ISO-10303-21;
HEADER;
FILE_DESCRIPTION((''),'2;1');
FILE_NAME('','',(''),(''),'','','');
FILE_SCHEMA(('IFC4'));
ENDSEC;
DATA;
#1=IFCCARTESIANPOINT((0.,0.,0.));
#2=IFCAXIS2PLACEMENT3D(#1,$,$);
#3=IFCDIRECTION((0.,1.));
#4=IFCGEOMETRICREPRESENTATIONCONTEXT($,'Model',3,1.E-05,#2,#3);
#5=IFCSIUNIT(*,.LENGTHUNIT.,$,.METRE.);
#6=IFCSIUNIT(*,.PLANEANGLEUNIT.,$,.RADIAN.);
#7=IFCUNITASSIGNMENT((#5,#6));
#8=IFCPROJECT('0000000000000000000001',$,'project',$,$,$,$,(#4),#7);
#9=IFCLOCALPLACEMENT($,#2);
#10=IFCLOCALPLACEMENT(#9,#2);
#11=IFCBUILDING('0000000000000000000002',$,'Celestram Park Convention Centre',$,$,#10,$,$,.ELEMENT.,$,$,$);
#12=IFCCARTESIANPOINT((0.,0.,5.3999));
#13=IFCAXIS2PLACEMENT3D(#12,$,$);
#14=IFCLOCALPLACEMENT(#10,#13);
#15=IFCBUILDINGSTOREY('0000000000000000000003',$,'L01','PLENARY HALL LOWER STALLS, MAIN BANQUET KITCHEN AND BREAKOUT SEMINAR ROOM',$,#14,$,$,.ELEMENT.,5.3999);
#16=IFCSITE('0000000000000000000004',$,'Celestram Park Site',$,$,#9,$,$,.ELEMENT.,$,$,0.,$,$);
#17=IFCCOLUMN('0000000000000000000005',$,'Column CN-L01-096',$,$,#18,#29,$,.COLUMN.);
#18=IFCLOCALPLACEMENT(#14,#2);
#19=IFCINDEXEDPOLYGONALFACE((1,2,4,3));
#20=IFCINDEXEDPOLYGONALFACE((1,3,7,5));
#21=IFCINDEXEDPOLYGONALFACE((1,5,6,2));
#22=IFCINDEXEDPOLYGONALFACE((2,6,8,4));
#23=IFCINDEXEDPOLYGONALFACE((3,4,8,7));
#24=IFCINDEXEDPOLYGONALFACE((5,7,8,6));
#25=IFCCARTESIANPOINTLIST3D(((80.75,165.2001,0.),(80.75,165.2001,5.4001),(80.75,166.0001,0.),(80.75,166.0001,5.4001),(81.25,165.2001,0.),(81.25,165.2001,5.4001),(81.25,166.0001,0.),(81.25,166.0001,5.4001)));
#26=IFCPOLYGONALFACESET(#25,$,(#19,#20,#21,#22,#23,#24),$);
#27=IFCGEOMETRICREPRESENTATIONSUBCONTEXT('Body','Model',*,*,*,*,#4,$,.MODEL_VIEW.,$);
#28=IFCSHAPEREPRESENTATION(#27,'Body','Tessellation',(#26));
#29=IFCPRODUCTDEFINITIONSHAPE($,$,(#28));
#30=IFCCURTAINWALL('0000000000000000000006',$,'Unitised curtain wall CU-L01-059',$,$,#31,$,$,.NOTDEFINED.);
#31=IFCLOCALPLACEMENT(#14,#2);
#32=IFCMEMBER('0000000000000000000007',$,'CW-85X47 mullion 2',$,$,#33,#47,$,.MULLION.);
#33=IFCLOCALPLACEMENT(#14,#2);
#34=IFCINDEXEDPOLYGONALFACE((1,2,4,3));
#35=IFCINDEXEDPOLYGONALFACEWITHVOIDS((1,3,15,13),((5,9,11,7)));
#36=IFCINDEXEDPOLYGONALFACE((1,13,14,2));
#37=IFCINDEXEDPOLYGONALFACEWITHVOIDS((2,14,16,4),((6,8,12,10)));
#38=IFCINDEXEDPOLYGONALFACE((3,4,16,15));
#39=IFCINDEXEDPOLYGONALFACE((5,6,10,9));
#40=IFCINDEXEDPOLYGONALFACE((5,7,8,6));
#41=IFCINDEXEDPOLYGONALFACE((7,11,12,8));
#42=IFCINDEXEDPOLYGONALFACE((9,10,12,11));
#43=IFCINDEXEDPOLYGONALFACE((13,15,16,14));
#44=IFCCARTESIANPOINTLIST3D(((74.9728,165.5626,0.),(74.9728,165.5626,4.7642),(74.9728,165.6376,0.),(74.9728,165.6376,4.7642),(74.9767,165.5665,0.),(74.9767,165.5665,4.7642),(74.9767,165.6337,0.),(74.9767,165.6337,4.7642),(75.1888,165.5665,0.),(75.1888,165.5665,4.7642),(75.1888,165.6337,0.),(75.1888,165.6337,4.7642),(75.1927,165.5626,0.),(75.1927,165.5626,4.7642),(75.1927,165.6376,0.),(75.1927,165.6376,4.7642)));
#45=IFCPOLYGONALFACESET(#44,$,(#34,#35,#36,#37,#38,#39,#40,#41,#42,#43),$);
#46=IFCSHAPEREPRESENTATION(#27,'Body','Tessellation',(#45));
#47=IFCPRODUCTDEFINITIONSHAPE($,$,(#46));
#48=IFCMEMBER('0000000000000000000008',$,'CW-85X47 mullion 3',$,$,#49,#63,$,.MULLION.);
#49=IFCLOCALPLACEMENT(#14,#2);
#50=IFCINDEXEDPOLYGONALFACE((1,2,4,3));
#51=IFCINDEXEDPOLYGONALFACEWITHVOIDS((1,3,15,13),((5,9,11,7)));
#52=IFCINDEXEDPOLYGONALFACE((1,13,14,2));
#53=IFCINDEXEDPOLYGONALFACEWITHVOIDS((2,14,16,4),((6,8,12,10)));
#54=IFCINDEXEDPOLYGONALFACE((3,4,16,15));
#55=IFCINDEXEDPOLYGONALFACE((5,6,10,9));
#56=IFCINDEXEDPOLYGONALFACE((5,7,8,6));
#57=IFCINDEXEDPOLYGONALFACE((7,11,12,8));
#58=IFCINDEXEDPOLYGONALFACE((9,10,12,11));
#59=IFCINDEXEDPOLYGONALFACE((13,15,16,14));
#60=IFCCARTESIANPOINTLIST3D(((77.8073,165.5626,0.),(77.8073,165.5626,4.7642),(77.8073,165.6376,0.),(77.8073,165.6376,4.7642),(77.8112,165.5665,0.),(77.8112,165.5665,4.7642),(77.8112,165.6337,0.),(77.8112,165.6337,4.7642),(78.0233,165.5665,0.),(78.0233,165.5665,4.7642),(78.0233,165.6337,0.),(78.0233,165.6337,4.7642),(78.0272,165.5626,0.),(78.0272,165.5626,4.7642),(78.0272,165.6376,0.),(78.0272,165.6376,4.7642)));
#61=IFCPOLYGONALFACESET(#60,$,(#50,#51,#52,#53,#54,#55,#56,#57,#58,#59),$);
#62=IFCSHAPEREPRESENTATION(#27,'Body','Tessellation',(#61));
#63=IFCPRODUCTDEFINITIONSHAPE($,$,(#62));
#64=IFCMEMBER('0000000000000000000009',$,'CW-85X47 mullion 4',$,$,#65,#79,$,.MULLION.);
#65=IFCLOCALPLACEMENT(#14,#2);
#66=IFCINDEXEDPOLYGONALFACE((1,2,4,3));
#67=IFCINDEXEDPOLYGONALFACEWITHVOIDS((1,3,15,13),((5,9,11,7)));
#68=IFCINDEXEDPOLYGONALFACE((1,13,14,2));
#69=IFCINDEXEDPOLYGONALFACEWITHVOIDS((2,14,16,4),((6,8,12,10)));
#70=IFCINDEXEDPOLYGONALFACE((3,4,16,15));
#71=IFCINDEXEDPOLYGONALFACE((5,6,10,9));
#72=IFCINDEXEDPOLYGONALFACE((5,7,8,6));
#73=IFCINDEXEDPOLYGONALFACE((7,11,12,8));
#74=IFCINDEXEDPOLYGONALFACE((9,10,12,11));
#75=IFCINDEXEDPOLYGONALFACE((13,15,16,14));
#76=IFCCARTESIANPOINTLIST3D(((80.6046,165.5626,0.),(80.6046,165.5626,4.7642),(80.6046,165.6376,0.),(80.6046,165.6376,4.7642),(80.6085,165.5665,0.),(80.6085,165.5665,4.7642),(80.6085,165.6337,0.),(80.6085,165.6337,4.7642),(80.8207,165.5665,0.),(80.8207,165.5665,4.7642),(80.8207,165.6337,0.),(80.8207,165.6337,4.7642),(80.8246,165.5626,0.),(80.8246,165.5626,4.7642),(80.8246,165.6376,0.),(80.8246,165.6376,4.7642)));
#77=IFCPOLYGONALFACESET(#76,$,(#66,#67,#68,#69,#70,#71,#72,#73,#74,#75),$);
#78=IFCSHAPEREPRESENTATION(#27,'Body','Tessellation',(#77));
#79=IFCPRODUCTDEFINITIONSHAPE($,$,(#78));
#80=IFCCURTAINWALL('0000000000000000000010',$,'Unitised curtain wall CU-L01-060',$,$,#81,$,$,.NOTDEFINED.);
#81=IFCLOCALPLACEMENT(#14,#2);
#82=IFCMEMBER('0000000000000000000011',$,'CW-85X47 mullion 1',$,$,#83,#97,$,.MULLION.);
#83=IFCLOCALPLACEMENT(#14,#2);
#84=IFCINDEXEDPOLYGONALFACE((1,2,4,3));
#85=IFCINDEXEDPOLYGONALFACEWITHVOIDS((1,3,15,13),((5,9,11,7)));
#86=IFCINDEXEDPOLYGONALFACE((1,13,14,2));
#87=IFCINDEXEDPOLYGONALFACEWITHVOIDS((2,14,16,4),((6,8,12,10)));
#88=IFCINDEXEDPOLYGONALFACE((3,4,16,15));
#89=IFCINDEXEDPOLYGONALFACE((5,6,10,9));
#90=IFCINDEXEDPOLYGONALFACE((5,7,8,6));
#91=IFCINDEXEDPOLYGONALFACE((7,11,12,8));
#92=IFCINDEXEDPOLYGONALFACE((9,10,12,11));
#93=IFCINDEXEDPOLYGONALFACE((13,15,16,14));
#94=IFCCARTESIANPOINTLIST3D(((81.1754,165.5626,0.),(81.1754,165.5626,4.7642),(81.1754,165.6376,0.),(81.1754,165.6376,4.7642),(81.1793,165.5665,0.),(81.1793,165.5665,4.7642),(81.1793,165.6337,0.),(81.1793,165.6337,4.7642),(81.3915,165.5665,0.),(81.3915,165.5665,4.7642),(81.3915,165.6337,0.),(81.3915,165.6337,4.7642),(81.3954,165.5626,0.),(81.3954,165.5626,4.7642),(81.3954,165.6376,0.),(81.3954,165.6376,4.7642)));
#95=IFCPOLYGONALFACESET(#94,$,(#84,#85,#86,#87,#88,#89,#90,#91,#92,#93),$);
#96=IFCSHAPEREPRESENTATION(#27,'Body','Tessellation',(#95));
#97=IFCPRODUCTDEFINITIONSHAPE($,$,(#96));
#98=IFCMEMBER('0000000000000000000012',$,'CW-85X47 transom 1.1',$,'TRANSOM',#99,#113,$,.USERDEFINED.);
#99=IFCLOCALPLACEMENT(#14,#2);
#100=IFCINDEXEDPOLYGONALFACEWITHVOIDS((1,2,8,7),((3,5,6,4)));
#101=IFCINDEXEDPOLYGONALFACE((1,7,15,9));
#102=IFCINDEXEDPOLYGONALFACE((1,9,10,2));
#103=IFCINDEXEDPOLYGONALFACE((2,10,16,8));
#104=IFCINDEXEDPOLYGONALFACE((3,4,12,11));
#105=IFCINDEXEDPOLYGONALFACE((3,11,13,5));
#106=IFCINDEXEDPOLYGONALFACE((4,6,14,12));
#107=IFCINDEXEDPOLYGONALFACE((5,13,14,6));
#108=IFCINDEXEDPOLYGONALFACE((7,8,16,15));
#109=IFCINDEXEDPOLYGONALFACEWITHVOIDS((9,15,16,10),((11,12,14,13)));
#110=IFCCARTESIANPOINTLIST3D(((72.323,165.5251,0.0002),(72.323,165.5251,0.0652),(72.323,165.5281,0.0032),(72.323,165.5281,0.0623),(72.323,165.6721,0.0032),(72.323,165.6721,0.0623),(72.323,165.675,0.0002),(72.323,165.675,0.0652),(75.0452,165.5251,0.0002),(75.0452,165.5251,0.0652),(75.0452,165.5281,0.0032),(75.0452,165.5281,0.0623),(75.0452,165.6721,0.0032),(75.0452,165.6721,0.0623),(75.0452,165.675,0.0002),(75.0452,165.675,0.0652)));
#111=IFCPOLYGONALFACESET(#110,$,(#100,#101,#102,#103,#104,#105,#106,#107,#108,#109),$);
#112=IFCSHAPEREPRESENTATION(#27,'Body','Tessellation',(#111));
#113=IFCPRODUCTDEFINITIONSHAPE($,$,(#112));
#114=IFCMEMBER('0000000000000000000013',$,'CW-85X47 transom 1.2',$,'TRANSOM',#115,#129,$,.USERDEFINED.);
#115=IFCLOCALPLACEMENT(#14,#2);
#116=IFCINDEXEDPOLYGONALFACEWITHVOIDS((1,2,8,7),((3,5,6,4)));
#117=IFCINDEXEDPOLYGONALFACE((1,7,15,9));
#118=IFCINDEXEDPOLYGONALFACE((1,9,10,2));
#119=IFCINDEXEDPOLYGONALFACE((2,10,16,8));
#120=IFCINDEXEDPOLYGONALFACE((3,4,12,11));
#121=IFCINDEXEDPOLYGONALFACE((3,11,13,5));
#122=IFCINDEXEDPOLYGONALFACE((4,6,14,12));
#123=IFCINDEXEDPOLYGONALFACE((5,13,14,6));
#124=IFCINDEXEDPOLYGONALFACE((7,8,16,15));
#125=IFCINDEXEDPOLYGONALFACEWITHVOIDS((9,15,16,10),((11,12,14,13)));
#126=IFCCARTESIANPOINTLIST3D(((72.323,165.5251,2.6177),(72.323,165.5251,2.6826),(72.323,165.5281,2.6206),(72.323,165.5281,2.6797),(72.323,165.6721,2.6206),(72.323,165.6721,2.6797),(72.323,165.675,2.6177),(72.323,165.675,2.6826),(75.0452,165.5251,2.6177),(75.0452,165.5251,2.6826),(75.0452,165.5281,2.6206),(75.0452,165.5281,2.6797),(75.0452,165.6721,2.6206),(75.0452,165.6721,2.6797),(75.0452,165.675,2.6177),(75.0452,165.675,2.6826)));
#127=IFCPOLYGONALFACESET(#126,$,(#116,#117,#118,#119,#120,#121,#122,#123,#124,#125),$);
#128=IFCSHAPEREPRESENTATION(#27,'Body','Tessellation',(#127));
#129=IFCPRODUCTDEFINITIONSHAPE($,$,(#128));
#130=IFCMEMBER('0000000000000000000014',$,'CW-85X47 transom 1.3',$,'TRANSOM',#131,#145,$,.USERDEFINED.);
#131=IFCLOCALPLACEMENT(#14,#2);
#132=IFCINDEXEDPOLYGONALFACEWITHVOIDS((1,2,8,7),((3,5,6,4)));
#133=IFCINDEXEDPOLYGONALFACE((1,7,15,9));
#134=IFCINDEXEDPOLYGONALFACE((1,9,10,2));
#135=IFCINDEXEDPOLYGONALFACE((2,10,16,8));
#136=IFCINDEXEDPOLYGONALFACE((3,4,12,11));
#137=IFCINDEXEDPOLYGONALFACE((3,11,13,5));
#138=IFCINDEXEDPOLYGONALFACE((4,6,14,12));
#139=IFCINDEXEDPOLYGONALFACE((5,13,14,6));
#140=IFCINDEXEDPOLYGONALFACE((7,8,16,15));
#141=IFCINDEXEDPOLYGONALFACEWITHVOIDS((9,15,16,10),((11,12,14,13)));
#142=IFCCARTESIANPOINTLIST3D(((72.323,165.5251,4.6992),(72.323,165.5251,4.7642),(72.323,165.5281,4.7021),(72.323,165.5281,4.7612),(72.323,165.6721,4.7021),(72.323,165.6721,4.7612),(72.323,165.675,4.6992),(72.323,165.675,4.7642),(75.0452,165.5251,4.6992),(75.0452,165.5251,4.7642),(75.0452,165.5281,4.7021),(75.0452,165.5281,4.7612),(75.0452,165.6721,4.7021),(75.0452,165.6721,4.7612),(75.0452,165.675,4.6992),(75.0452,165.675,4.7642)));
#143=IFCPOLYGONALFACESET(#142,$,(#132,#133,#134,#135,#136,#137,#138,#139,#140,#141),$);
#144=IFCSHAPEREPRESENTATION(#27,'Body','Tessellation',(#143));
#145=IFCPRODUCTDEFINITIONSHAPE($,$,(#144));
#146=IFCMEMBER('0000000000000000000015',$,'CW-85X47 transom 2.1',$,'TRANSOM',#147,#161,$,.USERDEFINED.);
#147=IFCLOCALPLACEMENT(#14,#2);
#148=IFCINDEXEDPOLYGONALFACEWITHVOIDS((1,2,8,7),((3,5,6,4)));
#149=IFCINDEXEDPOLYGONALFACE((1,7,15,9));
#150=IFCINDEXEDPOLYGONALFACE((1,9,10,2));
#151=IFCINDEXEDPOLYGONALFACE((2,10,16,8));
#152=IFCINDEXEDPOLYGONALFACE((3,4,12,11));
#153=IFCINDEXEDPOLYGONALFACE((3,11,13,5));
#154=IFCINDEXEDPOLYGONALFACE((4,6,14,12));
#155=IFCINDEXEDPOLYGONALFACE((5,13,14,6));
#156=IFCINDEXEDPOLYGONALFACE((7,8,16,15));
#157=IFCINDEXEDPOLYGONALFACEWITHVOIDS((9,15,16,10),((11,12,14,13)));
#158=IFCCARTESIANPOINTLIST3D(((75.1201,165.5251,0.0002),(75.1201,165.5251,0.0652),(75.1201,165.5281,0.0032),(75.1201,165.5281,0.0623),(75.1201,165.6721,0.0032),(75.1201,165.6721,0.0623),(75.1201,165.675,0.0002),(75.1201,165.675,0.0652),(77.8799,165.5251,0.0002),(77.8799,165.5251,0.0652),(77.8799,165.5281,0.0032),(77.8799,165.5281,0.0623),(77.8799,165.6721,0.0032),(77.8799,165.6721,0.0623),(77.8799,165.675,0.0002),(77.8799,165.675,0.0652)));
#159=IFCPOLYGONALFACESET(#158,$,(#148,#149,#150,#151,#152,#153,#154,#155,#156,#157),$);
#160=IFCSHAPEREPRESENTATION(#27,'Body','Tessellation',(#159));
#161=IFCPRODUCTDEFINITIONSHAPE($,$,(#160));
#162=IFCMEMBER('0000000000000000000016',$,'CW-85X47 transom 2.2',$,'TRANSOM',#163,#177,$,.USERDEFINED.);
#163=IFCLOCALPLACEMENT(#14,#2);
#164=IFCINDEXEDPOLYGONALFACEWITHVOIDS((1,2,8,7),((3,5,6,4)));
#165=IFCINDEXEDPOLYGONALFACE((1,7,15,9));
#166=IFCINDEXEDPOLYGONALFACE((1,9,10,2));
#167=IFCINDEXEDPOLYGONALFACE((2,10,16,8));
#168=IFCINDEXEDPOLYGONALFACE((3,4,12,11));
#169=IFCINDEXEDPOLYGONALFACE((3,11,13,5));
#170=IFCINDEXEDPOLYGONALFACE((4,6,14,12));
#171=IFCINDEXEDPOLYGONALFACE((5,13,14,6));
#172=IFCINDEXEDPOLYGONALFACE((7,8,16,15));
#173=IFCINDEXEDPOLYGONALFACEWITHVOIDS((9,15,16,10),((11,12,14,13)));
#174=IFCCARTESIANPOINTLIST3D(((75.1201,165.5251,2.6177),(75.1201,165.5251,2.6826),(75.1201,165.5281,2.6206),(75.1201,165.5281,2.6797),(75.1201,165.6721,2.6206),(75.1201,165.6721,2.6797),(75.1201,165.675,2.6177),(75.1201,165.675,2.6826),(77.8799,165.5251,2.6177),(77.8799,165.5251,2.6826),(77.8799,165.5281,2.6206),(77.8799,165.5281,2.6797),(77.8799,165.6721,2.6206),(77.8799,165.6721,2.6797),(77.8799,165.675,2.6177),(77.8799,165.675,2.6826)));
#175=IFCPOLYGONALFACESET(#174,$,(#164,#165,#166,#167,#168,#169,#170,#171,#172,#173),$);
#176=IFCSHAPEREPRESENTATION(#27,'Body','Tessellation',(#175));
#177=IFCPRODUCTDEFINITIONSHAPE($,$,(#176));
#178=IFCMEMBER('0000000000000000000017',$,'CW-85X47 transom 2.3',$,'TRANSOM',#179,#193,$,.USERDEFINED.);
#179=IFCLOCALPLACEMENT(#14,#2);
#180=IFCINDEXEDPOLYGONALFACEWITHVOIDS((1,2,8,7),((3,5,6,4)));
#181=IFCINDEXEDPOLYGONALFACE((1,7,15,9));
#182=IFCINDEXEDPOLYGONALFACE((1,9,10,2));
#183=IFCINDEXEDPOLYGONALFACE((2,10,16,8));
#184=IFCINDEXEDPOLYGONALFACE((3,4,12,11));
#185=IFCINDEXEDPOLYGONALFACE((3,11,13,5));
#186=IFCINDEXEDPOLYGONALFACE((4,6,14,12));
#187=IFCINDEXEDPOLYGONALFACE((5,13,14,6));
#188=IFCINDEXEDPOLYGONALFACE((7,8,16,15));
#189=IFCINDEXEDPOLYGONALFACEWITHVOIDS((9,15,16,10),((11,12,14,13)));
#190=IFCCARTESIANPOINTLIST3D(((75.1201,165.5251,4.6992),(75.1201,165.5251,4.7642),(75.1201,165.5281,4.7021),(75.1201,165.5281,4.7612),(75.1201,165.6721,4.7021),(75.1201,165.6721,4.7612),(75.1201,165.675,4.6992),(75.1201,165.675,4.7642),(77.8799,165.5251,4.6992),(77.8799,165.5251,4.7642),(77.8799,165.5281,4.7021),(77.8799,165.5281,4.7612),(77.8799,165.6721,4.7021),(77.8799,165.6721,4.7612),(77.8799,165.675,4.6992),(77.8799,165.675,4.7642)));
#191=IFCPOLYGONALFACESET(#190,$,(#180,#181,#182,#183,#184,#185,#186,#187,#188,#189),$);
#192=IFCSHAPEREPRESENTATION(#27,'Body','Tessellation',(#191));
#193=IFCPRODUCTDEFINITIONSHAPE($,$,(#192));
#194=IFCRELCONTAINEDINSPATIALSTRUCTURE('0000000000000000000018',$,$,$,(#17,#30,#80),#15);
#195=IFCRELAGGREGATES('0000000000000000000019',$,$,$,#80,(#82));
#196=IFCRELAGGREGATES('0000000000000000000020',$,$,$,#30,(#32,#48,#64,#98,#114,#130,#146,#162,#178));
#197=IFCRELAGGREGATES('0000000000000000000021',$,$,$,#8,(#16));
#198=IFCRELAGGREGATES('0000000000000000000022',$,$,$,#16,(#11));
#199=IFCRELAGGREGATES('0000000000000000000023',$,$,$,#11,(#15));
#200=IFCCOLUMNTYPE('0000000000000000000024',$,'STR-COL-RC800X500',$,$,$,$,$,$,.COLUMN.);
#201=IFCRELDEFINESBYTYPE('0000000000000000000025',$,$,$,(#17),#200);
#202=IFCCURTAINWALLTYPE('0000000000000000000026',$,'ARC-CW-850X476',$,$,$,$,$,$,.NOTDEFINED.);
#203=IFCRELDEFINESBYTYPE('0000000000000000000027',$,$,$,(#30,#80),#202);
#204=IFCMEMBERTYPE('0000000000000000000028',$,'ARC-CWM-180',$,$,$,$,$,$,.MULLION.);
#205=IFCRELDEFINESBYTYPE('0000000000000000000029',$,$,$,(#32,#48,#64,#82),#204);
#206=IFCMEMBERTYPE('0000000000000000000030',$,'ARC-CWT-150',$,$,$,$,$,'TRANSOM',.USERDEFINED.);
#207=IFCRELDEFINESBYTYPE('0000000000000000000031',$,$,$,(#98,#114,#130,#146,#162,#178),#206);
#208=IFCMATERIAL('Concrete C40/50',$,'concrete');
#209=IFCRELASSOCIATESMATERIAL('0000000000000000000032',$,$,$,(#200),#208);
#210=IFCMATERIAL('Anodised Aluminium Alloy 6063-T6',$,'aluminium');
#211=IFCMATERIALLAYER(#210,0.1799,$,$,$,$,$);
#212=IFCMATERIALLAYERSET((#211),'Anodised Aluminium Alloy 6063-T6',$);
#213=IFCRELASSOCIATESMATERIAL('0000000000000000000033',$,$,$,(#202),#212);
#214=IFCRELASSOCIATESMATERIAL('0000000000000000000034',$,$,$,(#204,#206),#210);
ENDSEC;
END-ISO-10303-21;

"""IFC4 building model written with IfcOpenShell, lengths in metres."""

from ifc_helpers import new_model, si_unit, direction, frame, origin, origin_2d, place, context, subcontext, project, spatial, rectangle, hollow_rectangle, extrude, material, layer, layer_set, material_profile, profile_set, type_object, element, aggregate, save


model = new_model("IFC4")

# Units and contexts
model_context = context("Model", 3, precision=1e-05, world=origin(), true_north=direction((0.0, 1.0)))
body_context = subcontext(model_context, "Body", "Model", "MODEL_VIEW")
ifc_project = project(units=[si_unit("LENGTHUNIT", "METRE"), si_unit("PLANEANGLEUNIT", "RADIAN")], contexts=[model_context])

# Site, building, storey
site_placement = place(None, origin())
site = spatial("IfcSite", under=ifc_project, at=site_placement, Name="Celestram Park Site", CompositionType="ELEMENT", RefElevation=0.0)
building_placement = place(site_placement, origin())
building = spatial("IfcBuilding", under=site, at=building_placement, Name="Celestram Park Convention Centre", CompositionType="ELEMENT")
storey_placement = place(building_placement, frame((0.0, 0.0, 5.3999)))
storey = spatial("IfcBuildingStorey", under=building, at=storey_placement, Name="L01", Description="PLENARY HALL LOWER STALLS, MAIN BANQUET KITCHEN AND BREAKOUT SEMINAR ROOM", CompositionType="ELEMENT", Elevation=5.3999)

# Column
ifc_material_1 = material(Name="Concrete C40/50", Category="concrete")
ifc_material_profile_1 = material_profile(ifc_material_1, rectangle(XDim=0.5, YDim=0.8, at=origin_2d()), Name="RC800X500")
ifc_profile_set_1 = profile_set([ifc_material_profile_1], Name="Concrete C40/50")
column_type = type_object("IfcColumnType", Name="STR-COL-RC800X500", PredefinedType="COLUMN", material=ifc_profile_set_1)
column_placement = place(storey_placement, frame((81.0, 165.6001, 0.0), z_axis=(0.0, 0.0, 1.0), x_axis=(1.0, 0.0, 0.0)))
element("IfcColumn", 1, at=column_placement, inside=storey, type_object=column_type, Name="Column CN-L01-096", PredefinedType="COLUMN", context=body_context, shape_type="SweptSolid", body=[
    extrude(rectangle(XDim=0.5, YDim=0.8, at=origin_2d()), origin(), (0.0, 0.0, 1.0), 5.4001),
])

# Curtain wall, members
ifc_material_2 = material(Name="Anodised Aluminium Alloy 6063-T6", Category="aluminium")
ifc_layer_1 = layer(ifc_material_2, 0.1799)
ifc_layer_set_1 = layer_set([ifc_layer_1], Name="Anodised Aluminium Alloy 6063-T6")
curtain_wall_type = type_object("IfcCurtainWallType", Name="ARC-CW-850X476", PredefinedType="NOTDEFINED", material=ifc_layer_set_1)
curtain_wall_1_placement = place(storey_placement, origin())
curtain_wall_1 = element("IfcCurtainWall", 2, at=curtain_wall_1_placement, inside=storey, type_object=curtain_wall_type, Name="Unitised curtain wall CU-L01-059", PredefinedType="NOTDEFINED")
ifc_material_profile_2 = material_profile(ifc_material_2, hollow_rectangle(XDim=0.075, YDim=0.22, WallThickness=0.0039, at=origin_2d()), Name="ALU75X220X4")
ifc_profile_set_2 = profile_set([ifc_material_profile_2], Name="Anodised Aluminium Alloy 6063-T6")
member_type_1 = type_object("IfcMemberType", Name="ARC-CWM-180", PredefinedType="MULLION", material=ifc_profile_set_2)
member_1_placement = place(storey_placement, frame((75.0828, 165.6001, 0.0), z_axis=(0.0, 0.0, 1.0), x_axis=(0.0, 1.0, 0.0)))
member_1 = element("IfcMember", 3, at=member_1_placement, type_object=member_type_1, Name="CW-85X47 mullion 2", PredefinedType="MULLION", context=body_context, shape_type="SweptSolid", body=[
    extrude(hollow_rectangle(XDim=0.075, YDim=0.22, WallThickness=0.0039, at=origin_2d()), origin(), (0.0, 0.0, 1.0), 4.7642),
])
member_2_placement = place(storey_placement, frame((77.9172, 165.6001, 0.0), z_axis=(0.0, 0.0, 1.0), x_axis=(0.0, 1.0, 0.0)))
member_2 = element("IfcMember", 4, at=member_2_placement, type_object=member_type_1, Name="CW-85X47 mullion 3", PredefinedType="MULLION", context=body_context, shape_type="SweptSolid", body=[
    extrude(hollow_rectangle(XDim=0.075, YDim=0.22, WallThickness=0.0039, at=origin_2d()), origin(), (0.0, 0.0, 1.0), 4.7642),
])
member_3_placement = place(storey_placement, frame((80.7146, 165.6001, 0.0), z_axis=(0.0, 0.0, 1.0), x_axis=(0.0, 1.0, 0.0)))
member_3 = element("IfcMember", 5, at=member_3_placement, type_object=member_type_1, Name="CW-85X47 mullion 4", PredefinedType="MULLION", context=body_context, shape_type="SweptSolid", body=[
    extrude(hollow_rectangle(XDim=0.075, YDim=0.22, WallThickness=0.0039, at=origin_2d()), origin(), (0.0, 0.0, 1.0), 4.7642),
])

# Curtain wall, member
curtain_wall_2_placement = place(storey_placement, origin())
curtain_wall_2 = element("IfcCurtainWall", 6, at=curtain_wall_2_placement, inside=storey, type_object=curtain_wall_type, Name="Unitised curtain wall CU-L01-060", PredefinedType="NOTDEFINED")
member_4_placement = place(storey_placement, frame((81.2854, 165.6001, 0.0), z_axis=(0.0, 0.0, 1.0), x_axis=(0.0, 1.0, 0.0)))
member_4 = element("IfcMember", 7, at=member_4_placement, type_object=member_type_1, Name="CW-85X47 mullion 1", PredefinedType="MULLION", context=body_context, shape_type="SweptSolid", body=[
    extrude(hollow_rectangle(XDim=0.075, YDim=0.22, WallThickness=0.0039, at=origin_2d()), origin(), (0.0, 0.0, 1.0), 4.7642),
])
aggregate(curtain_wall_2, [member_4])

# Members
ifc_material_profile_3 = material_profile(ifc_material_2, hollow_rectangle(XDim=0.1499, YDim=0.0649, WallThickness=0.0029, at=origin_2d()), Name="ALU150X65X3")
ifc_profile_set_3 = profile_set([ifc_material_profile_3], Name="Anodised Aluminium Alloy 6063-T6")
member_type_2 = type_object("IfcMemberType", Name="ARC-CWT-150", ElementType="TRANSOM", PredefinedType="USERDEFINED", material=ifc_profile_set_3)
member_5_placement = place(storey_placement, frame((72.323, 165.6001, 0.0327), z_axis=(1.0, 0.0, 0.0), x_axis=(0.0, 1.0, 0.0)))
member_5 = element("IfcMember", 8, at=member_5_placement, type_object=member_type_2, Name="CW-85X47 transom 1.1", ObjectType="TRANSOM", PredefinedType="USERDEFINED", context=body_context, shape_type="SweptSolid", body=[
    extrude(hollow_rectangle(XDim=0.1499, YDim=0.0649, WallThickness=0.0029, at=origin_2d()), origin(), (0.0, 0.0, 1.0), 2.7222),
])
member_6_placement = place(storey_placement, frame((72.323, 165.6001, 2.6501), z_axis=(1.0, 0.0, 0.0), x_axis=(0.0, 1.0, 0.0)))
member_6 = element("IfcMember", 9, at=member_6_placement, type_object=member_type_2, Name="CW-85X47 transom 1.2", ObjectType="TRANSOM", PredefinedType="USERDEFINED", context=body_context, shape_type="SweptSolid", body=[
    extrude(hollow_rectangle(XDim=0.1499, YDim=0.0649, WallThickness=0.0029, at=origin_2d()), origin(), (0.0, 0.0, 1.0), 2.7222),
])
member_7_placement = place(storey_placement, frame((72.323, 165.6001, 4.7317), z_axis=(1.0, 0.0, 0.0), x_axis=(0.0, 1.0, 0.0)))
member_7 = element("IfcMember", 10, at=member_7_placement, type_object=member_type_2, Name="CW-85X47 transom 1.3", ObjectType="TRANSOM", PredefinedType="USERDEFINED", context=body_context, shape_type="SweptSolid", body=[
    extrude(hollow_rectangle(XDim=0.1499, YDim=0.0649, WallThickness=0.0029, at=origin_2d()), origin(), (0.0, 0.0, 1.0), 2.7222),
])
member_8_placement = place(storey_placement, frame((75.1201, 165.6001, 0.0327), z_axis=(1.0, 0.0, 0.0), x_axis=(0.0, 1.0, 0.0)))
member_8 = element("IfcMember", 11, at=member_8_placement, type_object=member_type_2, Name="CW-85X47 transom 2.1", ObjectType="TRANSOM", PredefinedType="USERDEFINED", context=body_context, shape_type="SweptSolid", body=[
    extrude(hollow_rectangle(XDim=0.1499, YDim=0.0649, WallThickness=0.0029, at=origin_2d()), origin(), (0.0, 0.0, 1.0), 2.7598),
])
member_9_placement = place(storey_placement, frame((75.1201, 165.6001, 2.6501), z_axis=(1.0, 0.0, 0.0), x_axis=(0.0, 1.0, 0.0)))
member_9 = element("IfcMember", 12, at=member_9_placement, type_object=member_type_2, Name="CW-85X47 transom 2.2", ObjectType="TRANSOM", PredefinedType="USERDEFINED", context=body_context, shape_type="SweptSolid", body=[
    extrude(hollow_rectangle(XDim=0.1499, YDim=0.0649, WallThickness=0.0029, at=origin_2d()), origin(), (0.0, 0.0, 1.0), 2.7598),
])
member_10_placement = place(storey_placement, frame((75.1201, 165.6001, 4.7317), z_axis=(1.0, 0.0, 0.0), x_axis=(0.0, 1.0, 0.0)))
member_10 = element("IfcMember", 13, at=member_10_placement, type_object=member_type_2, Name="CW-85X47 transom 2.3", ObjectType="TRANSOM", PredefinedType="USERDEFINED", context=body_context, shape_type="SweptSolid", body=[
    extrude(hollow_rectangle(XDim=0.1499, YDim=0.0649, WallThickness=0.0029, at=origin_2d()), origin(), (0.0, 0.0, 1.0), 2.7598),
])

aggregate(curtain_wall_1, [member_1, member_2, member_3, member_5, member_6, member_7, member_8, member_9, member_10])

save(model, "model.ifc")
